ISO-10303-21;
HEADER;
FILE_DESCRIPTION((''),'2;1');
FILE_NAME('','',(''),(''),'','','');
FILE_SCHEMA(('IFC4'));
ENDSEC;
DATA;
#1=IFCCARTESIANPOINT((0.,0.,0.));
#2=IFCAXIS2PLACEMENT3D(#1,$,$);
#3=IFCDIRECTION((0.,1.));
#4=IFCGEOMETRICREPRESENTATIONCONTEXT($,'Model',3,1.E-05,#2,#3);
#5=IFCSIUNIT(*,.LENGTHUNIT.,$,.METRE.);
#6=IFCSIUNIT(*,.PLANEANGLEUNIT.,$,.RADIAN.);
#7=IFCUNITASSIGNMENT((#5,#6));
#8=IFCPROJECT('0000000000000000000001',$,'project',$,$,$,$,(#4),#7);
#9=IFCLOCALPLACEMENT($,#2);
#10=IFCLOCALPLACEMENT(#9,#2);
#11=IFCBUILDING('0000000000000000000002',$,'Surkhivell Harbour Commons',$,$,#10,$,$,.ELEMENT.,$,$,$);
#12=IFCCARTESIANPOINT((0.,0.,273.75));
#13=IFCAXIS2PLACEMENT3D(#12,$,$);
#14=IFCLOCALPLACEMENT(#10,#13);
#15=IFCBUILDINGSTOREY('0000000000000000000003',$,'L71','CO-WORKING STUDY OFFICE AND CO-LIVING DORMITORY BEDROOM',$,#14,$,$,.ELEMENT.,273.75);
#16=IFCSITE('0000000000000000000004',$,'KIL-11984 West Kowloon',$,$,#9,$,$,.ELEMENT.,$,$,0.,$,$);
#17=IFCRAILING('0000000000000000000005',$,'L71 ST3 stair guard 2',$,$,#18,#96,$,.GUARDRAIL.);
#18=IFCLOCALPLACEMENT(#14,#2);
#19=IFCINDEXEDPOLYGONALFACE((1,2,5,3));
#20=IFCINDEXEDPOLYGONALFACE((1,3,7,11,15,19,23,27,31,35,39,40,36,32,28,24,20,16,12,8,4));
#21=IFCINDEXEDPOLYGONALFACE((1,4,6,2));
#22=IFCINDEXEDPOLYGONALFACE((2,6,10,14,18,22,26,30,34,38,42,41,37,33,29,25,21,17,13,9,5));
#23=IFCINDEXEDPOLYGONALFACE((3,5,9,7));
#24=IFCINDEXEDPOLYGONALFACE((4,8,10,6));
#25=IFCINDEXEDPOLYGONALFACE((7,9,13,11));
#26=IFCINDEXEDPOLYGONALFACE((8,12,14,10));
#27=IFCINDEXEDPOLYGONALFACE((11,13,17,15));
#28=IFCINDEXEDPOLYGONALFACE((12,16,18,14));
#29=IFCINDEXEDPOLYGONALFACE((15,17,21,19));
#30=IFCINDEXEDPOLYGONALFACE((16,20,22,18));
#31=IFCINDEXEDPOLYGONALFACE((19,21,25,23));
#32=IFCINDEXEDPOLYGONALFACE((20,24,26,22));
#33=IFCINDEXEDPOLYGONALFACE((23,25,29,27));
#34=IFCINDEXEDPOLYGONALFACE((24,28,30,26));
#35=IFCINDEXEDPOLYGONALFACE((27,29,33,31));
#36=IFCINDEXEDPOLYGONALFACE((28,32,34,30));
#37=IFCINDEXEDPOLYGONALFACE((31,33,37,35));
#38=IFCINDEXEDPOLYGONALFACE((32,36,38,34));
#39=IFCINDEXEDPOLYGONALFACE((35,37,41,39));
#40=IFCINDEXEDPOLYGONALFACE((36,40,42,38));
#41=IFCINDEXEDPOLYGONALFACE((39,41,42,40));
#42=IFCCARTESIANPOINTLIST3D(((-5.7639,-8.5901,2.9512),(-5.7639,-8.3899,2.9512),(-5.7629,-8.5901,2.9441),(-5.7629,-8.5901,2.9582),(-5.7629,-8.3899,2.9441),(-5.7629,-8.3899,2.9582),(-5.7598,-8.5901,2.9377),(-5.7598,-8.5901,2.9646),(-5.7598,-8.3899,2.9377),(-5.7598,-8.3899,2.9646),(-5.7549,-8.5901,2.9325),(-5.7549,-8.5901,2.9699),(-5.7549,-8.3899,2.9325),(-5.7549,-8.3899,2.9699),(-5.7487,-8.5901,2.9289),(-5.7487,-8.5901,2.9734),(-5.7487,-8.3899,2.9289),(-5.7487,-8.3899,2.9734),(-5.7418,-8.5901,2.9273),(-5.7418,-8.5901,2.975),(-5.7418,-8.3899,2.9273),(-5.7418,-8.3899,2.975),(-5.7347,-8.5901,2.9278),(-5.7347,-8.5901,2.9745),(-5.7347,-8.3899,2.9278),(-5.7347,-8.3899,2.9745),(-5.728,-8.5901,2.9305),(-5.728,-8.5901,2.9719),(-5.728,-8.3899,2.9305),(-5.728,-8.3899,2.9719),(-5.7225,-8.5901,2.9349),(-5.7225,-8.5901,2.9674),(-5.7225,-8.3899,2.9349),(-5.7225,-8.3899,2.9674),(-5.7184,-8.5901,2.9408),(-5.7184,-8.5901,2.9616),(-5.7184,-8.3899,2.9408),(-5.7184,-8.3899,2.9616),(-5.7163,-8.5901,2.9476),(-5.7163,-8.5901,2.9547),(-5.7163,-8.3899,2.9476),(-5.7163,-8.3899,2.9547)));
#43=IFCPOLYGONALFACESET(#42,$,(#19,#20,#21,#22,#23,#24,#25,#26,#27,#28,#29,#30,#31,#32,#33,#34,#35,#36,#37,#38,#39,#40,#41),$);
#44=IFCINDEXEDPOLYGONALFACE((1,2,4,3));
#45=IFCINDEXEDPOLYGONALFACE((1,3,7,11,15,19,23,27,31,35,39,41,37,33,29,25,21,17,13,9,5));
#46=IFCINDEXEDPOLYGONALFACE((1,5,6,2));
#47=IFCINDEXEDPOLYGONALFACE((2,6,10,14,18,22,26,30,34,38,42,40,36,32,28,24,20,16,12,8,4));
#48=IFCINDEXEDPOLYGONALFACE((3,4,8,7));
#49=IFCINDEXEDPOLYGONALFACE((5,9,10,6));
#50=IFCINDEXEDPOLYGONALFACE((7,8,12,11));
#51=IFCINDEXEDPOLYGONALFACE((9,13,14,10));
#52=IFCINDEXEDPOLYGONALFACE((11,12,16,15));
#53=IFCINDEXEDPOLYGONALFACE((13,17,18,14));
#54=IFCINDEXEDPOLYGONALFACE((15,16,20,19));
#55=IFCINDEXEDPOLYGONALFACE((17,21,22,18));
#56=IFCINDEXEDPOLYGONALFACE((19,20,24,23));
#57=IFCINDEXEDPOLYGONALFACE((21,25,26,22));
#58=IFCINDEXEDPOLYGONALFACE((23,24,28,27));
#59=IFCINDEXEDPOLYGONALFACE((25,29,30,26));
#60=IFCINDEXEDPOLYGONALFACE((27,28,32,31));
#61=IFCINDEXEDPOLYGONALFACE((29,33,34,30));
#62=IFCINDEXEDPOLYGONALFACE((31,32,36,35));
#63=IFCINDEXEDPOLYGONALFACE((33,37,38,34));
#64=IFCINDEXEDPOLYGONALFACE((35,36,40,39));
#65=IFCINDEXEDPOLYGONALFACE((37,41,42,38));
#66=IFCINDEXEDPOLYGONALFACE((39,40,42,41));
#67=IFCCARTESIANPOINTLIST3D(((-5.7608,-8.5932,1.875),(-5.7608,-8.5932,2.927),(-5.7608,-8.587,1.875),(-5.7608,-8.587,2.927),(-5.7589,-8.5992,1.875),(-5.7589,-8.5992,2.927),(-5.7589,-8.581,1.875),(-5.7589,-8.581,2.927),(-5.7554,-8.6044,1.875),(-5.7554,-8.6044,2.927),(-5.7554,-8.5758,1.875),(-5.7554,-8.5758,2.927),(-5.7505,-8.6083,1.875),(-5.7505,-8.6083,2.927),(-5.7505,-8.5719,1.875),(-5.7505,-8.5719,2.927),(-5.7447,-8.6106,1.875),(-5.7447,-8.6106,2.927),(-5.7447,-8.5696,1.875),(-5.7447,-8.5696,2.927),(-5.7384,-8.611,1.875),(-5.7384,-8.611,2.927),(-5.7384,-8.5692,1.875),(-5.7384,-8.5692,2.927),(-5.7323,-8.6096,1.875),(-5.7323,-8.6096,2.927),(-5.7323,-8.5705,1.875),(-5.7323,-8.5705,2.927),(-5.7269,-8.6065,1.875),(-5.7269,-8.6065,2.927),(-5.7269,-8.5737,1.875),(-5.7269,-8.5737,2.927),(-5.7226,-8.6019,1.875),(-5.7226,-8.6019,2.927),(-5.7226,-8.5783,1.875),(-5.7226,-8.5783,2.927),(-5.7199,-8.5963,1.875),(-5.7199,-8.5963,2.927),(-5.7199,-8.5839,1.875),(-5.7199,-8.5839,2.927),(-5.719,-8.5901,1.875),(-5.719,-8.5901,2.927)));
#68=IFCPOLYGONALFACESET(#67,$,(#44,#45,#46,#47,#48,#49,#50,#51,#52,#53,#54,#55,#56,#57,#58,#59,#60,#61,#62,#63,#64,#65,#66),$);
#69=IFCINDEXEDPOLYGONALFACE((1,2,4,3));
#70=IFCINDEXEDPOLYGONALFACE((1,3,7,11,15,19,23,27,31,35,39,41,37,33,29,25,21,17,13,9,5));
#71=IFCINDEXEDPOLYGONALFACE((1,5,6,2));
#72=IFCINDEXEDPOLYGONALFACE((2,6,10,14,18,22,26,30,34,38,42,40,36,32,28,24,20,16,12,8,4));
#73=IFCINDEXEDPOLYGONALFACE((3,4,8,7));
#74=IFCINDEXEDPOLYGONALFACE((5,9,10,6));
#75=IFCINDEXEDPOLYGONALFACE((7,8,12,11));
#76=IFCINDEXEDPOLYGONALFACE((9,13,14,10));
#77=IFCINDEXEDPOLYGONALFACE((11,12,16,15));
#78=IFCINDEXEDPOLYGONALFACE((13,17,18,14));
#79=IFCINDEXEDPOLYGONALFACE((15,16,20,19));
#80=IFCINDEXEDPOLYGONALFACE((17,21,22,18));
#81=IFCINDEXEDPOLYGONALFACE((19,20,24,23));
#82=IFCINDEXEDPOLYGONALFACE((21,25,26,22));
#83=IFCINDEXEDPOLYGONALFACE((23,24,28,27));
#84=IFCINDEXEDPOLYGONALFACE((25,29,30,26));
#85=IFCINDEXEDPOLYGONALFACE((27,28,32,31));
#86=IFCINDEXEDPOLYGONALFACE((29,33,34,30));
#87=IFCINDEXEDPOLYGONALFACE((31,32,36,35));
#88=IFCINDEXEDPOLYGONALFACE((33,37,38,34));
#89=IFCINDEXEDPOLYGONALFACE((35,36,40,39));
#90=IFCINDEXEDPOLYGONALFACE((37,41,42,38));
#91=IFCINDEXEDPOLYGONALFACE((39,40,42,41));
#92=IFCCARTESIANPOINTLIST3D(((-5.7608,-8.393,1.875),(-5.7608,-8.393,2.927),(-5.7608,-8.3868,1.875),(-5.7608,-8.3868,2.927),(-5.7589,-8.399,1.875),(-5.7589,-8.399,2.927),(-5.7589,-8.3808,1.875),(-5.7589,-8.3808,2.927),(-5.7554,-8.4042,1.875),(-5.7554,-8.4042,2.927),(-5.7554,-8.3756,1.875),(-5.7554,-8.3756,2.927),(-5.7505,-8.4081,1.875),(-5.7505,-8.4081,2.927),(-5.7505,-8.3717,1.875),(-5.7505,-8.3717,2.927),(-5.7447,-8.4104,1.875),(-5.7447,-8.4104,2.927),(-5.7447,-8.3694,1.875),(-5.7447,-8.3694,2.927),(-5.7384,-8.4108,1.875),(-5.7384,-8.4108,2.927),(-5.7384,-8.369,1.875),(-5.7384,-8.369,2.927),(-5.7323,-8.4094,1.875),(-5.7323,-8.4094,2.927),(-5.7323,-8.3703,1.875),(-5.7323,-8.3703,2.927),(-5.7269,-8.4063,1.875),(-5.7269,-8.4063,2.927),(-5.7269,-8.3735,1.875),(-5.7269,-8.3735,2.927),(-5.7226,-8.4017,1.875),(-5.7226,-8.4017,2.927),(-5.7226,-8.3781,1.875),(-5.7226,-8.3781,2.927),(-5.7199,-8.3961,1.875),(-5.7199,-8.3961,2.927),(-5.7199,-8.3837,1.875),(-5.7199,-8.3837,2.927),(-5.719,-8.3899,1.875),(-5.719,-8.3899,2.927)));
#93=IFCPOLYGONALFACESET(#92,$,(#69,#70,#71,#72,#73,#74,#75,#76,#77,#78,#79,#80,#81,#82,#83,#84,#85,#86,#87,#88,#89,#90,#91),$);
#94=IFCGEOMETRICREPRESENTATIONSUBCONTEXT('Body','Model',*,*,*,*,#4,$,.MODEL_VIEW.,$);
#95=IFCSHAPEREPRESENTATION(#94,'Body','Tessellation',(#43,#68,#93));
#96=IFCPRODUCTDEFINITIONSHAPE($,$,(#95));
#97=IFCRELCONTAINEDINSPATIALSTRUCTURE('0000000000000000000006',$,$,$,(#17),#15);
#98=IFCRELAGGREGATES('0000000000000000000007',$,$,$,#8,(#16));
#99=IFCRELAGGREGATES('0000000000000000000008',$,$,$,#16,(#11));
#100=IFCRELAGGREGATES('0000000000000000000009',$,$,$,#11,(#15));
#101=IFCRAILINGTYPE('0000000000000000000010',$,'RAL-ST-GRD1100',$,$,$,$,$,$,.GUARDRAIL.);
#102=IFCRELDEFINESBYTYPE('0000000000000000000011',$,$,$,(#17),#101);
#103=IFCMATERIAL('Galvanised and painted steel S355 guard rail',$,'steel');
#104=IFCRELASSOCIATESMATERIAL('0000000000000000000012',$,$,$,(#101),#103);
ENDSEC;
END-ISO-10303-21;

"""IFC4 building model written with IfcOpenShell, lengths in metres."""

from ifc_helpers import new_model, si_unit, direction, frame, origin, origin_2d, place, context, subcontext, project, spatial, circle, extrude, material, type_object, element, save


model = new_model("IFC4")

# Units and contexts
model_context = context("Model", 3, precision=1e-05, world=origin(), true_north=direction((0.0, 1.0)))
body_context = subcontext(model_context, "Body", "Model", "MODEL_VIEW")
ifc_project = project(units=[si_unit("LENGTHUNIT", "METRE"), si_unit("PLANEANGLEUNIT", "RADIAN")], contexts=[model_context])

# Site, building, storey
site_placement = place(None, origin())
site = spatial("IfcSite", under=ifc_project, at=site_placement, Name="KIL-11984 West Kowloon", CompositionType="ELEMENT", RefElevation=0.0)
building_placement = place(site_placement, origin())
building = spatial("IfcBuilding", under=site, at=building_placement, Name="Surkhivell Harbour Commons", CompositionType="ELEMENT")
storey_placement = place(building_placement, frame((0.0, 0.0, 273.75)))
storey = spatial("IfcBuildingStorey", under=building, at=storey_placement, Name="L71", Description="CO-WORKING STUDY OFFICE AND CO-LIVING DORMITORY BEDROOM", CompositionType="ELEMENT", Elevation=273.75)

# Railing
ifc_material_1 = material(Name="Galvanised and painted steel S355 guard rail", Category="steel")
railing_type_1 = type_object("IfcRailingType", Name="RAL-ST-GRD1100", PredefinedType="GUARDRAIL", material=ifc_material_1)
railing_1_placement = place(storey_placement, frame((-5.74, -8.5901, 1.875)))
element("IfcRailing", 1, at=railing_1_placement, inside=storey, type_object=railing_type_1, Name="L71 ST3 stair guard 2", PredefinedType="GUARDRAIL", context=body_context, shape_type="SweptSolid", body=[
    extrude(circle(Radius=0.0239, at=origin_2d()), frame((0.0, 0.0, 1.0762), z_axis=(0.0, 1.0, 0.0), x_axis=(-1.0, 0.0, 0.0)), (0.0, 0.0, 1.0), 0.2002),
    extrude(circle(Radius=0.021, at=origin_2d()), origin(), (0.0, 0.0, 1.0), 1.052),
    extrude(circle(Radius=0.021, at=origin_2d()), frame((0.0, 0.2002, 0.0)), (0.0, 0.0, 1.0), 1.052),
])

save(model, "model.ifc")
